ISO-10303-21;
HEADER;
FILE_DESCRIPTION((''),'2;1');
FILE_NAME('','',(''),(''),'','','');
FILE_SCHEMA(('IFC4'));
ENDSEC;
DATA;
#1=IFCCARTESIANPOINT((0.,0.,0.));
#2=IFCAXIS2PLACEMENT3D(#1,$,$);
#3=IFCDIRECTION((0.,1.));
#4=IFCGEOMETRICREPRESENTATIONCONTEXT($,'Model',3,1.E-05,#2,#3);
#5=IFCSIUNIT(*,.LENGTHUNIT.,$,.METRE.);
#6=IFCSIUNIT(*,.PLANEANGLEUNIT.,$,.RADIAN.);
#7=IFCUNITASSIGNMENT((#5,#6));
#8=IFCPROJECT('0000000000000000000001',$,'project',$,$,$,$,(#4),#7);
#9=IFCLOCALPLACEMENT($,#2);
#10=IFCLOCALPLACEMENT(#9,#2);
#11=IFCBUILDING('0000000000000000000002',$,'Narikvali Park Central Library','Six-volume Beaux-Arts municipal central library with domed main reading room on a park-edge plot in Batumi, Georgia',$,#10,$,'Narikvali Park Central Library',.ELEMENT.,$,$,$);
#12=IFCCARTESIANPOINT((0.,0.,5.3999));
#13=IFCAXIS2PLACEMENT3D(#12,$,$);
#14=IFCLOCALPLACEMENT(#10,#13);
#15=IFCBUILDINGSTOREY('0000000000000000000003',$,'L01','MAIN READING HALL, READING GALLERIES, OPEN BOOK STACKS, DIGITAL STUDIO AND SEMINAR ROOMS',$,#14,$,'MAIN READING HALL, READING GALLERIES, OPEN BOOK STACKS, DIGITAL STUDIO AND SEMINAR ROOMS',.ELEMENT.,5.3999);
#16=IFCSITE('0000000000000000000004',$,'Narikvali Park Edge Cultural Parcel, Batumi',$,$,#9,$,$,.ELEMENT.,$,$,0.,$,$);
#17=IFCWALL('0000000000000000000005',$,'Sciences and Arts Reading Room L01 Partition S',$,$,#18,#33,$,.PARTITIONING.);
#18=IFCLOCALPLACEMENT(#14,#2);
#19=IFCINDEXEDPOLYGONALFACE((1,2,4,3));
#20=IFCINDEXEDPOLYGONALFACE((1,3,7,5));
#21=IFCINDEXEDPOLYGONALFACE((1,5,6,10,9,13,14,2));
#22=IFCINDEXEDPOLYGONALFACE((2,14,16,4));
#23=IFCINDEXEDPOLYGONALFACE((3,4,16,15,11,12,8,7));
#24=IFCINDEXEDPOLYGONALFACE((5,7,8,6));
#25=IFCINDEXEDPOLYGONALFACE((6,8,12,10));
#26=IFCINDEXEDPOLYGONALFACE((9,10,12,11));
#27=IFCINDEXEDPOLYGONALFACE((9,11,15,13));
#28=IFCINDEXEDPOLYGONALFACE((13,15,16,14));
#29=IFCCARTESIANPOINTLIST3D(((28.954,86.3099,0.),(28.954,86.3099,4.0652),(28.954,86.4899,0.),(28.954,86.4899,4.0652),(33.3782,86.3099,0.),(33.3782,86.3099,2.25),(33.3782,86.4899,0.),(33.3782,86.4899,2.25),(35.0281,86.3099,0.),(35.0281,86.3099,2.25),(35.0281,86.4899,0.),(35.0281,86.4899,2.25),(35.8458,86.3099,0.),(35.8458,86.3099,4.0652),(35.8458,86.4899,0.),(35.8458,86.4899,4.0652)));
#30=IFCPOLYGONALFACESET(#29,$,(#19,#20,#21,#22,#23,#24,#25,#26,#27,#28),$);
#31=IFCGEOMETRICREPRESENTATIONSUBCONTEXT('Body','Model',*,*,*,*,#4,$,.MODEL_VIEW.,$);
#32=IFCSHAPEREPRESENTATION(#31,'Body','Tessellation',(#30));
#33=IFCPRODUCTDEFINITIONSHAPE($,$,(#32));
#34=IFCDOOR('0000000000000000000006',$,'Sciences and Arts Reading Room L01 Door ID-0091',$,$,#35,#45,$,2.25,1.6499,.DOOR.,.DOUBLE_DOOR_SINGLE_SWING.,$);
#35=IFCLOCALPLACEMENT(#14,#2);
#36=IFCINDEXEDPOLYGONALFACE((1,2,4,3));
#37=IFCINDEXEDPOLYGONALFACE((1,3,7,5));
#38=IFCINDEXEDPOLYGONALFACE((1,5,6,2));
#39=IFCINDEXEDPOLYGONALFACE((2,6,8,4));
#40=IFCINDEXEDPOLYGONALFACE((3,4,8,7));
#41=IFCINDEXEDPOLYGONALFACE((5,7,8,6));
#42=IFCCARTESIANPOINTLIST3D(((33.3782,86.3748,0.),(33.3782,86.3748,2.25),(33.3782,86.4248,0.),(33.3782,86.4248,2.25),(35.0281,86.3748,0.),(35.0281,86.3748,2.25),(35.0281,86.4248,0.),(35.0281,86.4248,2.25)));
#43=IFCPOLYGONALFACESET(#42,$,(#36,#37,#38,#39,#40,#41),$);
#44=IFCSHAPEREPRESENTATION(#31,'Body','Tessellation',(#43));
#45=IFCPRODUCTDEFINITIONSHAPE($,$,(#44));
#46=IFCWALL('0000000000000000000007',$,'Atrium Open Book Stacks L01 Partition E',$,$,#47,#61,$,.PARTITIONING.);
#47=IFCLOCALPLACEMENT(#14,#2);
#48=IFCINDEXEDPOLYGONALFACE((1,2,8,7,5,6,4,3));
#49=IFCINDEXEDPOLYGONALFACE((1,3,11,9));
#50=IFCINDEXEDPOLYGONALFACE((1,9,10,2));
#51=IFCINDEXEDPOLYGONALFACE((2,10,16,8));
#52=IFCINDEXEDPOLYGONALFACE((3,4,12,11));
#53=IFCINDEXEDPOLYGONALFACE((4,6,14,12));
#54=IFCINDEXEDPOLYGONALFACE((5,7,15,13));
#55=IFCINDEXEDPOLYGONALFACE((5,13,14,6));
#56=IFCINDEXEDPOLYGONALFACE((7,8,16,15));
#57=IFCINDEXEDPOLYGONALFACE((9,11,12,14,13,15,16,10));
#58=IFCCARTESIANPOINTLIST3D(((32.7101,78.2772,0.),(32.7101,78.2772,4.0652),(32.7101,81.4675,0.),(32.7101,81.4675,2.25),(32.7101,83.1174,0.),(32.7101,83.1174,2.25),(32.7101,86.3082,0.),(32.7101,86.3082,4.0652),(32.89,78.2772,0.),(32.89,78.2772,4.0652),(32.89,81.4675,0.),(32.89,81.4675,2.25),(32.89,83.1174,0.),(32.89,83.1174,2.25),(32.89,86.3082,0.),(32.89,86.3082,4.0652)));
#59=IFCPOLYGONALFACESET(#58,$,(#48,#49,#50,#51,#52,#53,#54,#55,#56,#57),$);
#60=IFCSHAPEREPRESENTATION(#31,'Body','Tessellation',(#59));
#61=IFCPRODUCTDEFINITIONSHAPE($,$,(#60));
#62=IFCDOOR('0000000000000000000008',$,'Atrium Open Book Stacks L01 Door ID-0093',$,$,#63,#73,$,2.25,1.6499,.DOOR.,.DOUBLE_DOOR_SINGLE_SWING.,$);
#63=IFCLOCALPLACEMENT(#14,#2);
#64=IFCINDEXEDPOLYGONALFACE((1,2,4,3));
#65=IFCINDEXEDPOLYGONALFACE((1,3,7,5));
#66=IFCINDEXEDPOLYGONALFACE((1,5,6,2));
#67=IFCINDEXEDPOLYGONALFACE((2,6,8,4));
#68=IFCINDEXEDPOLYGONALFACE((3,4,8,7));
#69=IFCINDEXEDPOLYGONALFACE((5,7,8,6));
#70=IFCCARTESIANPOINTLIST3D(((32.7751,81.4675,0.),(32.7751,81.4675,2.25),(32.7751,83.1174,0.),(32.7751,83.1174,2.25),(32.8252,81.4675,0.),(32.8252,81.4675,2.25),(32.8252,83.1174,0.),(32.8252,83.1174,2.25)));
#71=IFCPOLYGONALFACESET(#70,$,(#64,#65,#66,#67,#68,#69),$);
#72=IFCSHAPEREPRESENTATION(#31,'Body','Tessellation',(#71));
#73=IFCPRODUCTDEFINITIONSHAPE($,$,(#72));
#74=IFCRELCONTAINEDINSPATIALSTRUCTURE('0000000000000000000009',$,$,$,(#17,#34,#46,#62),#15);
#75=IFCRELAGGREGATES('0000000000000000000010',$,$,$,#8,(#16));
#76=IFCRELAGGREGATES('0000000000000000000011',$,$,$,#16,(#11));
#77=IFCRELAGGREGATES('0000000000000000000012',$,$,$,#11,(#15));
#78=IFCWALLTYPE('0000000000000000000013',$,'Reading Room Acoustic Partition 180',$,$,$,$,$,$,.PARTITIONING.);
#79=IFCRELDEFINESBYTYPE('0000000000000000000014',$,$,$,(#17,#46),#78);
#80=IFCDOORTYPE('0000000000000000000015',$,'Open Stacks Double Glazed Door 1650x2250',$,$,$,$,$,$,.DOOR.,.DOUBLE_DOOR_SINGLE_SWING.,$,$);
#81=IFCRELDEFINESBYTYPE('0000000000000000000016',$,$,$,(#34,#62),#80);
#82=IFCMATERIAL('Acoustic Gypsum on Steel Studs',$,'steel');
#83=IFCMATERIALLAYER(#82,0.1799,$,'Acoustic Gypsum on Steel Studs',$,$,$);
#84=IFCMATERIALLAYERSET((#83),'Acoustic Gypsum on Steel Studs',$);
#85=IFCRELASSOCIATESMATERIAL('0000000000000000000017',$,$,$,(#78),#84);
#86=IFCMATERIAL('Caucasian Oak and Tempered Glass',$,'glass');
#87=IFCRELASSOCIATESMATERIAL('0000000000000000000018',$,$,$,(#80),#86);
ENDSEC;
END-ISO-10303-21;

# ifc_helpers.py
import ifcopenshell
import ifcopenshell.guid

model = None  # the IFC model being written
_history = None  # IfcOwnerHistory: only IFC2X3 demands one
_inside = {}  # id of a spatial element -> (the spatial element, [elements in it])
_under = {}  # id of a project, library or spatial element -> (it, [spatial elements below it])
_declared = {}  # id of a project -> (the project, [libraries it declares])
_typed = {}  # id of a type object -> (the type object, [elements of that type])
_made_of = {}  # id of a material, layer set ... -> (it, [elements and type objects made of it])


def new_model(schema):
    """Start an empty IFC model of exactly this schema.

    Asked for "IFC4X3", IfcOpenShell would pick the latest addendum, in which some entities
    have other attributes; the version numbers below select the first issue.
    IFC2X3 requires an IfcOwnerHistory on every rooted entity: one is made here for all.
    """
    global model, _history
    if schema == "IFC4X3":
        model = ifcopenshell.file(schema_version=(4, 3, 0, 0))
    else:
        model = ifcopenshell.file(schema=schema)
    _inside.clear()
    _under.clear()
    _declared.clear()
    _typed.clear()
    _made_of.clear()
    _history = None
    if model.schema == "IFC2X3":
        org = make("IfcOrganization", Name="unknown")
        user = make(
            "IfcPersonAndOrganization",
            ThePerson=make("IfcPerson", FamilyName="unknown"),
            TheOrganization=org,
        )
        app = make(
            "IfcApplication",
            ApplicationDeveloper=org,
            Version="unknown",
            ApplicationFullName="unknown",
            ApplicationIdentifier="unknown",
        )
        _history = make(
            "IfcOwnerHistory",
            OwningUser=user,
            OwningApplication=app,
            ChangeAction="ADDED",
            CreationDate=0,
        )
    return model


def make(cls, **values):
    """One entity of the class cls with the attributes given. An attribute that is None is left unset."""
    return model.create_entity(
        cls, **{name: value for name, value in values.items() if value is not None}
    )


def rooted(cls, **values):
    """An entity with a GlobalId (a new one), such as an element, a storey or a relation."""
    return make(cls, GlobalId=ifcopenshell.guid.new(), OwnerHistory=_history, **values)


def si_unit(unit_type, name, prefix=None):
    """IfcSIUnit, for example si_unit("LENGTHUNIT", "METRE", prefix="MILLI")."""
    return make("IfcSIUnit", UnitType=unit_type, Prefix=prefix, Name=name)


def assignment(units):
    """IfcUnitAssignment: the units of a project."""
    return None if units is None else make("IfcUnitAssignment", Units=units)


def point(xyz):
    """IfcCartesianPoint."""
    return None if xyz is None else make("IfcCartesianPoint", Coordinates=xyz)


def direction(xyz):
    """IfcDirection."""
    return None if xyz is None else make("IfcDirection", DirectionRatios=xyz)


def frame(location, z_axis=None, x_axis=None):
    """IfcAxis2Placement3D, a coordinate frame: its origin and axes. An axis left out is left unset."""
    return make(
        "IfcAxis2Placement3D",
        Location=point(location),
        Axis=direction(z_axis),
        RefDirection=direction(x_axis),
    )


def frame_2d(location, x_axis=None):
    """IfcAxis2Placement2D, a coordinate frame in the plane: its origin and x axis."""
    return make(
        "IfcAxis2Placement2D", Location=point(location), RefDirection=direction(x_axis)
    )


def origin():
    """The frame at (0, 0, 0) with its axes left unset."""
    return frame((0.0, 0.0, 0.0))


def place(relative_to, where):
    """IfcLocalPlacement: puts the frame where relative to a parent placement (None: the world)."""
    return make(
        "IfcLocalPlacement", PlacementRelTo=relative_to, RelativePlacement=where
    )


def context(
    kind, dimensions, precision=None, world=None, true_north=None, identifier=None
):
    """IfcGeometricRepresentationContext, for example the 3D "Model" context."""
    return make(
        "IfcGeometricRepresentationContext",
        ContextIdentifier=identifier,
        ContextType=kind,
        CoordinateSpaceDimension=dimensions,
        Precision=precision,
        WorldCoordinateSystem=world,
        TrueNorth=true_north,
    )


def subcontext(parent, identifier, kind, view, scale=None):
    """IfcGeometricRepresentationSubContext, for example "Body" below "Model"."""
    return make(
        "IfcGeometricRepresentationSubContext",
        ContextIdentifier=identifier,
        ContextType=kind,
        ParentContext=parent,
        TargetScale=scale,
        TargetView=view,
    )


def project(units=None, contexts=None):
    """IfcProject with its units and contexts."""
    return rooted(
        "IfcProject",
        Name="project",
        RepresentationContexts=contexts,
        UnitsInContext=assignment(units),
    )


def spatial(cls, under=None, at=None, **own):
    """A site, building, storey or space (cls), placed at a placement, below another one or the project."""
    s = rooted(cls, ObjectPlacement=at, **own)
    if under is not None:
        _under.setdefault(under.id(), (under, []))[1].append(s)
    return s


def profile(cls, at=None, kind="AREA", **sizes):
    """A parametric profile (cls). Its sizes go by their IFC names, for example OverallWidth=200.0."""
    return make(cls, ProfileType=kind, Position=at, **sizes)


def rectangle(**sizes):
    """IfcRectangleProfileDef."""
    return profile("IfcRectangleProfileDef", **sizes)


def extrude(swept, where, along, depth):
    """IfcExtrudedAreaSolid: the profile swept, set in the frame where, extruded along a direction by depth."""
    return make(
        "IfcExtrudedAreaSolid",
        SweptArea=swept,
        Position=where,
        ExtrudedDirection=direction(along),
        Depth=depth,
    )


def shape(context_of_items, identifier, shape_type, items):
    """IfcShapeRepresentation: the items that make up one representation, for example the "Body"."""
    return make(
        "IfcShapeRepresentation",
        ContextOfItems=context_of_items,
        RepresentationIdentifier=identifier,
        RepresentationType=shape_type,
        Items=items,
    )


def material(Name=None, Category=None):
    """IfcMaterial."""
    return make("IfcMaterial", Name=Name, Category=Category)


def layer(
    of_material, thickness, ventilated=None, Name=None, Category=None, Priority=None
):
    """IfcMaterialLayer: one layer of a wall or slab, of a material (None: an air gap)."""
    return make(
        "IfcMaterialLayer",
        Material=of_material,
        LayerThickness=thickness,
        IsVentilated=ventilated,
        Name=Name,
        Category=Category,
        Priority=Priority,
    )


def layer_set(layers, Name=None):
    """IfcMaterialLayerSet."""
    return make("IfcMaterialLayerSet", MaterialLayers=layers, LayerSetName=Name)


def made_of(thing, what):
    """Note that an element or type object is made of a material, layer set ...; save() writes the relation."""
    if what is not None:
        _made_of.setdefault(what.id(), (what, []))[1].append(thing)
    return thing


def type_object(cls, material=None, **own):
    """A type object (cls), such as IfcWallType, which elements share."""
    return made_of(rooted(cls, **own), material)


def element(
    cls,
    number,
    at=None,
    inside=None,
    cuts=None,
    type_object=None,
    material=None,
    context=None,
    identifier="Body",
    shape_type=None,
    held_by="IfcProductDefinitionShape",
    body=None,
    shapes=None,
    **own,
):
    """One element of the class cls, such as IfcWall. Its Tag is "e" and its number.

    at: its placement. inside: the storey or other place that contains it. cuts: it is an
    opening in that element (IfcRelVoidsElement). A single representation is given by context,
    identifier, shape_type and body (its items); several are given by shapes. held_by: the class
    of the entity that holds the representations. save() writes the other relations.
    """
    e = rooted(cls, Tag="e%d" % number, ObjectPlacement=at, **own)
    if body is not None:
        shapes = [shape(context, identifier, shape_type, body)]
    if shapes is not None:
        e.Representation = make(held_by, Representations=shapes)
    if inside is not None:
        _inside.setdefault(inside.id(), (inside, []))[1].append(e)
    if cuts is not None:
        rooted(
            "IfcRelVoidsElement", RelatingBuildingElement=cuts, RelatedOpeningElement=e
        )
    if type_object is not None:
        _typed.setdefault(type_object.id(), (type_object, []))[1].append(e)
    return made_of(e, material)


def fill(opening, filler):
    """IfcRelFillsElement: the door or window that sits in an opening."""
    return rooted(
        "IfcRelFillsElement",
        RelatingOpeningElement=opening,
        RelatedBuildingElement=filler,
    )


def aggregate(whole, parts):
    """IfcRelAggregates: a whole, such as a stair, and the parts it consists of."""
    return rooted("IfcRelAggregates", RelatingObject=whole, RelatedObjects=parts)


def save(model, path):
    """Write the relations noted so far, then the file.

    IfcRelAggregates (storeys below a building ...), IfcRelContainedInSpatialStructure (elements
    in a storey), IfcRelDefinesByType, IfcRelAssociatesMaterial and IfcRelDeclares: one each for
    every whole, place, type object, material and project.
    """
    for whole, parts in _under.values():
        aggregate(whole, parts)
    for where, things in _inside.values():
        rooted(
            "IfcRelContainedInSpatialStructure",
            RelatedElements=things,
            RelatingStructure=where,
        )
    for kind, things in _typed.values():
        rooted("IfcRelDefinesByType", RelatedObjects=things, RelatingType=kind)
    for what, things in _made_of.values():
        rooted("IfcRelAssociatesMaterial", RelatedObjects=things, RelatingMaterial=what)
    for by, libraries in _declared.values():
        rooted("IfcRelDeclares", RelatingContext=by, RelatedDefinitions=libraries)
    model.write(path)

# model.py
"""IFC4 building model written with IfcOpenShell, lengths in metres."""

from ifc_helpers import new_model, si_unit, direction, frame, frame_2d, origin, place, context, subcontext, project, spatial, rectangle, extrude, material, layer, layer_set, type_object, element, fill, save


model = new_model("IFC4")

# Units and contexts
model_context = context("Model", 3, precision=1e-05, world=origin(), true_north=direction((0.0, 1.0)))
body_context = subcontext(model_context, "Body", "Model", "MODEL_VIEW")
ifc_project = project(units=[si_unit("LENGTHUNIT", "METRE"), si_unit("PLANEANGLEUNIT", "RADIAN")], contexts=[model_context])

# Site, building, storey
site_placement = place(None, origin())
site = spatial("IfcSite", under=ifc_project, at=site_placement, Name="Narikvali Park Edge Cultural Parcel, Batumi", CompositionType="ELEMENT", RefElevation=0.0)
building_placement = place(site_placement, origin())
building = spatial("IfcBuilding", under=site, at=building_placement, Name="Narikvali Park Central Library", Description="Six-volume Beaux-Arts municipal central library with domed main reading room on a park-edge plot in Batumi, Georgia", LongName="Narikvali Park Central Library", CompositionType="ELEMENT")
storey_placement = place(building_placement, frame((0.0, 0.0, 5.3999)))
storey = spatial("IfcBuildingStorey", under=building, at=storey_placement, Name="L01", Description="MAIN READING HALL, READING GALLERIES, OPEN BOOK STACKS, DIGITAL STUDIO AND SEMINAR ROOMS", LongName="MAIN READING HALL, READING GALLERIES, OPEN BOOK STACKS, DIGITAL STUDIO AND SEMINAR ROOMS", CompositionType="ELEMENT", Elevation=5.3999)

# Walls, openings, doors
ifc_material_1 = material(Name="Acoustic Gypsum on Steel Studs", Category="steel")
ifc_layer_1 = layer(ifc_material_1, 0.1799, Name="Acoustic Gypsum on Steel Studs")
ifc_layer_set_1 = layer_set([ifc_layer_1], Name="Acoustic Gypsum on Steel Studs")
wall_type_1 = type_object("IfcWallType", Name="Reading Room Acoustic Partition 180", PredefinedType="PARTITIONING", material=ifc_layer_set_1)
wall_1_placement = place(storey_placement, frame((28.9541, 86.3999, 0.0), z_axis=(0.0, 0.0, 1.0), x_axis=(1.0, 0.0, 0.0)))
wall_1 = element("IfcWall", 1, at=wall_1_placement, inside=storey, type_object=wall_type_1, Name="Sciences and Arts Reading Room L01 Partition S", PredefinedType="PARTITIONING", context=body_context, shape_type="SweptSolid", body=[
    extrude(rectangle(XDim=6.8918, YDim=0.1799, at=frame_2d((3.4458, 0.0))), origin(), (0.0, 0.0, 1.0), 4.0652),
])
opening_1_placement = place(wall_1_placement, frame((4.4241, 0.0, 0.0)))
opening_1 = element("IfcOpeningElement", 2, at=opening_1_placement, cuts=wall_1, PredefinedType="OPENING", context=body_context, shape_type="SweptSolid", body=[
    extrude(rectangle(XDim=1.6499, YDim=2.25, at=frame_2d((0.825, 1.125))), frame((0.0, 0.1021, 0.0), z_axis=(0.0, -1.0, 0.0), x_axis=(1.0, 0.0, 0.0)), (0.0, 0.0, 1.0), 0.2039),
])
ifc_material_2 = material(Name="Caucasian Oak and Tempered Glass", Category="glass")
door_type = type_object("IfcDoorType", Name="Open Stacks Double Glazed Door 1650x2250", OperationType="DOUBLE_DOOR_SINGLE_SWING", PredefinedType="DOOR", material=ifc_material_2)
door_1_placement = place(opening_1_placement, origin())
door_1 = element("IfcDoor", 3, at=door_1_placement, inside=storey, type_object=door_type, Name="Sciences and Arts Reading Room L01 Door ID-0091", OperationType="DOUBLE_DOOR_SINGLE_SWING", OverallHeight=2.25, OverallWidth=1.6499, PredefinedType="DOOR", context=body_context, shape_type="SweptSolid", body=[
    extrude(rectangle(XDim=1.6499, YDim=2.25, at=frame_2d((0.825, 1.125))), frame((0.0, 0.0249, 0.0), z_axis=(0.0, -1.0, 0.0), x_axis=(1.0, 0.0, 0.0)), (0.0, 0.0, 1.0), 0.05),
])
fill(opening_1, door_1)
wall_2_placement = place(storey_placement, frame((32.8, 78.2771, 0.0), z_axis=(0.0, 0.0, 1.0), x_axis=(0.0, 1.0, 0.0)))
wall_2 = element("IfcWall", 4, at=wall_2_placement, inside=storey, type_object=wall_type_1, Name="Atrium Open Book Stacks L01 Partition E", PredefinedType="PARTITIONING", context=body_context, shape_type="SweptSolid", body=[
    extrude(rectangle(XDim=8.031, YDim=0.1799, at=frame_2d((4.0156, 0.0))), origin(), (0.0, 0.0, 1.0), 4.0652),
])
opening_2_placement = place(wall_2_placement, frame((3.1904, 0.0, 0.0)))
opening_2 = element("IfcOpeningElement", 5, at=opening_2_placement, cuts=wall_2, PredefinedType="OPENING", context=body_context, shape_type="SweptSolid", body=[
    extrude(rectangle(XDim=1.6499, YDim=2.25, at=frame_2d((0.825, 1.125))), frame((0.0, 0.1021, 0.0), z_axis=(0.0, -1.0, 0.0), x_axis=(1.0, 0.0, 0.0)), (0.0, 0.0, 1.0), 0.2039),
])
door_2_placement = place(opening_2_placement, origin())
door_2 = element("IfcDoor", 6, at=door_2_placement, inside=storey, type_object=door_type, Name="Atrium Open Book Stacks L01 Door ID-0093", OperationType="DOUBLE_DOOR_SINGLE_SWING", OverallHeight=2.25, OverallWidth=1.6499, PredefinedType="DOOR", context=body_context, shape_type="SweptSolid", body=[
    extrude(rectangle(XDim=1.6499, YDim=2.25, at=frame_2d((0.825, 1.125))), frame((0.0, 0.0249, 0.0), z_axis=(0.0, -1.0, 0.0), x_axis=(1.0, 0.0, 0.0)), (0.0, 0.0, 1.0), 0.05),
])
fill(opening_2, door_2)

save(model, "model.ifc")
